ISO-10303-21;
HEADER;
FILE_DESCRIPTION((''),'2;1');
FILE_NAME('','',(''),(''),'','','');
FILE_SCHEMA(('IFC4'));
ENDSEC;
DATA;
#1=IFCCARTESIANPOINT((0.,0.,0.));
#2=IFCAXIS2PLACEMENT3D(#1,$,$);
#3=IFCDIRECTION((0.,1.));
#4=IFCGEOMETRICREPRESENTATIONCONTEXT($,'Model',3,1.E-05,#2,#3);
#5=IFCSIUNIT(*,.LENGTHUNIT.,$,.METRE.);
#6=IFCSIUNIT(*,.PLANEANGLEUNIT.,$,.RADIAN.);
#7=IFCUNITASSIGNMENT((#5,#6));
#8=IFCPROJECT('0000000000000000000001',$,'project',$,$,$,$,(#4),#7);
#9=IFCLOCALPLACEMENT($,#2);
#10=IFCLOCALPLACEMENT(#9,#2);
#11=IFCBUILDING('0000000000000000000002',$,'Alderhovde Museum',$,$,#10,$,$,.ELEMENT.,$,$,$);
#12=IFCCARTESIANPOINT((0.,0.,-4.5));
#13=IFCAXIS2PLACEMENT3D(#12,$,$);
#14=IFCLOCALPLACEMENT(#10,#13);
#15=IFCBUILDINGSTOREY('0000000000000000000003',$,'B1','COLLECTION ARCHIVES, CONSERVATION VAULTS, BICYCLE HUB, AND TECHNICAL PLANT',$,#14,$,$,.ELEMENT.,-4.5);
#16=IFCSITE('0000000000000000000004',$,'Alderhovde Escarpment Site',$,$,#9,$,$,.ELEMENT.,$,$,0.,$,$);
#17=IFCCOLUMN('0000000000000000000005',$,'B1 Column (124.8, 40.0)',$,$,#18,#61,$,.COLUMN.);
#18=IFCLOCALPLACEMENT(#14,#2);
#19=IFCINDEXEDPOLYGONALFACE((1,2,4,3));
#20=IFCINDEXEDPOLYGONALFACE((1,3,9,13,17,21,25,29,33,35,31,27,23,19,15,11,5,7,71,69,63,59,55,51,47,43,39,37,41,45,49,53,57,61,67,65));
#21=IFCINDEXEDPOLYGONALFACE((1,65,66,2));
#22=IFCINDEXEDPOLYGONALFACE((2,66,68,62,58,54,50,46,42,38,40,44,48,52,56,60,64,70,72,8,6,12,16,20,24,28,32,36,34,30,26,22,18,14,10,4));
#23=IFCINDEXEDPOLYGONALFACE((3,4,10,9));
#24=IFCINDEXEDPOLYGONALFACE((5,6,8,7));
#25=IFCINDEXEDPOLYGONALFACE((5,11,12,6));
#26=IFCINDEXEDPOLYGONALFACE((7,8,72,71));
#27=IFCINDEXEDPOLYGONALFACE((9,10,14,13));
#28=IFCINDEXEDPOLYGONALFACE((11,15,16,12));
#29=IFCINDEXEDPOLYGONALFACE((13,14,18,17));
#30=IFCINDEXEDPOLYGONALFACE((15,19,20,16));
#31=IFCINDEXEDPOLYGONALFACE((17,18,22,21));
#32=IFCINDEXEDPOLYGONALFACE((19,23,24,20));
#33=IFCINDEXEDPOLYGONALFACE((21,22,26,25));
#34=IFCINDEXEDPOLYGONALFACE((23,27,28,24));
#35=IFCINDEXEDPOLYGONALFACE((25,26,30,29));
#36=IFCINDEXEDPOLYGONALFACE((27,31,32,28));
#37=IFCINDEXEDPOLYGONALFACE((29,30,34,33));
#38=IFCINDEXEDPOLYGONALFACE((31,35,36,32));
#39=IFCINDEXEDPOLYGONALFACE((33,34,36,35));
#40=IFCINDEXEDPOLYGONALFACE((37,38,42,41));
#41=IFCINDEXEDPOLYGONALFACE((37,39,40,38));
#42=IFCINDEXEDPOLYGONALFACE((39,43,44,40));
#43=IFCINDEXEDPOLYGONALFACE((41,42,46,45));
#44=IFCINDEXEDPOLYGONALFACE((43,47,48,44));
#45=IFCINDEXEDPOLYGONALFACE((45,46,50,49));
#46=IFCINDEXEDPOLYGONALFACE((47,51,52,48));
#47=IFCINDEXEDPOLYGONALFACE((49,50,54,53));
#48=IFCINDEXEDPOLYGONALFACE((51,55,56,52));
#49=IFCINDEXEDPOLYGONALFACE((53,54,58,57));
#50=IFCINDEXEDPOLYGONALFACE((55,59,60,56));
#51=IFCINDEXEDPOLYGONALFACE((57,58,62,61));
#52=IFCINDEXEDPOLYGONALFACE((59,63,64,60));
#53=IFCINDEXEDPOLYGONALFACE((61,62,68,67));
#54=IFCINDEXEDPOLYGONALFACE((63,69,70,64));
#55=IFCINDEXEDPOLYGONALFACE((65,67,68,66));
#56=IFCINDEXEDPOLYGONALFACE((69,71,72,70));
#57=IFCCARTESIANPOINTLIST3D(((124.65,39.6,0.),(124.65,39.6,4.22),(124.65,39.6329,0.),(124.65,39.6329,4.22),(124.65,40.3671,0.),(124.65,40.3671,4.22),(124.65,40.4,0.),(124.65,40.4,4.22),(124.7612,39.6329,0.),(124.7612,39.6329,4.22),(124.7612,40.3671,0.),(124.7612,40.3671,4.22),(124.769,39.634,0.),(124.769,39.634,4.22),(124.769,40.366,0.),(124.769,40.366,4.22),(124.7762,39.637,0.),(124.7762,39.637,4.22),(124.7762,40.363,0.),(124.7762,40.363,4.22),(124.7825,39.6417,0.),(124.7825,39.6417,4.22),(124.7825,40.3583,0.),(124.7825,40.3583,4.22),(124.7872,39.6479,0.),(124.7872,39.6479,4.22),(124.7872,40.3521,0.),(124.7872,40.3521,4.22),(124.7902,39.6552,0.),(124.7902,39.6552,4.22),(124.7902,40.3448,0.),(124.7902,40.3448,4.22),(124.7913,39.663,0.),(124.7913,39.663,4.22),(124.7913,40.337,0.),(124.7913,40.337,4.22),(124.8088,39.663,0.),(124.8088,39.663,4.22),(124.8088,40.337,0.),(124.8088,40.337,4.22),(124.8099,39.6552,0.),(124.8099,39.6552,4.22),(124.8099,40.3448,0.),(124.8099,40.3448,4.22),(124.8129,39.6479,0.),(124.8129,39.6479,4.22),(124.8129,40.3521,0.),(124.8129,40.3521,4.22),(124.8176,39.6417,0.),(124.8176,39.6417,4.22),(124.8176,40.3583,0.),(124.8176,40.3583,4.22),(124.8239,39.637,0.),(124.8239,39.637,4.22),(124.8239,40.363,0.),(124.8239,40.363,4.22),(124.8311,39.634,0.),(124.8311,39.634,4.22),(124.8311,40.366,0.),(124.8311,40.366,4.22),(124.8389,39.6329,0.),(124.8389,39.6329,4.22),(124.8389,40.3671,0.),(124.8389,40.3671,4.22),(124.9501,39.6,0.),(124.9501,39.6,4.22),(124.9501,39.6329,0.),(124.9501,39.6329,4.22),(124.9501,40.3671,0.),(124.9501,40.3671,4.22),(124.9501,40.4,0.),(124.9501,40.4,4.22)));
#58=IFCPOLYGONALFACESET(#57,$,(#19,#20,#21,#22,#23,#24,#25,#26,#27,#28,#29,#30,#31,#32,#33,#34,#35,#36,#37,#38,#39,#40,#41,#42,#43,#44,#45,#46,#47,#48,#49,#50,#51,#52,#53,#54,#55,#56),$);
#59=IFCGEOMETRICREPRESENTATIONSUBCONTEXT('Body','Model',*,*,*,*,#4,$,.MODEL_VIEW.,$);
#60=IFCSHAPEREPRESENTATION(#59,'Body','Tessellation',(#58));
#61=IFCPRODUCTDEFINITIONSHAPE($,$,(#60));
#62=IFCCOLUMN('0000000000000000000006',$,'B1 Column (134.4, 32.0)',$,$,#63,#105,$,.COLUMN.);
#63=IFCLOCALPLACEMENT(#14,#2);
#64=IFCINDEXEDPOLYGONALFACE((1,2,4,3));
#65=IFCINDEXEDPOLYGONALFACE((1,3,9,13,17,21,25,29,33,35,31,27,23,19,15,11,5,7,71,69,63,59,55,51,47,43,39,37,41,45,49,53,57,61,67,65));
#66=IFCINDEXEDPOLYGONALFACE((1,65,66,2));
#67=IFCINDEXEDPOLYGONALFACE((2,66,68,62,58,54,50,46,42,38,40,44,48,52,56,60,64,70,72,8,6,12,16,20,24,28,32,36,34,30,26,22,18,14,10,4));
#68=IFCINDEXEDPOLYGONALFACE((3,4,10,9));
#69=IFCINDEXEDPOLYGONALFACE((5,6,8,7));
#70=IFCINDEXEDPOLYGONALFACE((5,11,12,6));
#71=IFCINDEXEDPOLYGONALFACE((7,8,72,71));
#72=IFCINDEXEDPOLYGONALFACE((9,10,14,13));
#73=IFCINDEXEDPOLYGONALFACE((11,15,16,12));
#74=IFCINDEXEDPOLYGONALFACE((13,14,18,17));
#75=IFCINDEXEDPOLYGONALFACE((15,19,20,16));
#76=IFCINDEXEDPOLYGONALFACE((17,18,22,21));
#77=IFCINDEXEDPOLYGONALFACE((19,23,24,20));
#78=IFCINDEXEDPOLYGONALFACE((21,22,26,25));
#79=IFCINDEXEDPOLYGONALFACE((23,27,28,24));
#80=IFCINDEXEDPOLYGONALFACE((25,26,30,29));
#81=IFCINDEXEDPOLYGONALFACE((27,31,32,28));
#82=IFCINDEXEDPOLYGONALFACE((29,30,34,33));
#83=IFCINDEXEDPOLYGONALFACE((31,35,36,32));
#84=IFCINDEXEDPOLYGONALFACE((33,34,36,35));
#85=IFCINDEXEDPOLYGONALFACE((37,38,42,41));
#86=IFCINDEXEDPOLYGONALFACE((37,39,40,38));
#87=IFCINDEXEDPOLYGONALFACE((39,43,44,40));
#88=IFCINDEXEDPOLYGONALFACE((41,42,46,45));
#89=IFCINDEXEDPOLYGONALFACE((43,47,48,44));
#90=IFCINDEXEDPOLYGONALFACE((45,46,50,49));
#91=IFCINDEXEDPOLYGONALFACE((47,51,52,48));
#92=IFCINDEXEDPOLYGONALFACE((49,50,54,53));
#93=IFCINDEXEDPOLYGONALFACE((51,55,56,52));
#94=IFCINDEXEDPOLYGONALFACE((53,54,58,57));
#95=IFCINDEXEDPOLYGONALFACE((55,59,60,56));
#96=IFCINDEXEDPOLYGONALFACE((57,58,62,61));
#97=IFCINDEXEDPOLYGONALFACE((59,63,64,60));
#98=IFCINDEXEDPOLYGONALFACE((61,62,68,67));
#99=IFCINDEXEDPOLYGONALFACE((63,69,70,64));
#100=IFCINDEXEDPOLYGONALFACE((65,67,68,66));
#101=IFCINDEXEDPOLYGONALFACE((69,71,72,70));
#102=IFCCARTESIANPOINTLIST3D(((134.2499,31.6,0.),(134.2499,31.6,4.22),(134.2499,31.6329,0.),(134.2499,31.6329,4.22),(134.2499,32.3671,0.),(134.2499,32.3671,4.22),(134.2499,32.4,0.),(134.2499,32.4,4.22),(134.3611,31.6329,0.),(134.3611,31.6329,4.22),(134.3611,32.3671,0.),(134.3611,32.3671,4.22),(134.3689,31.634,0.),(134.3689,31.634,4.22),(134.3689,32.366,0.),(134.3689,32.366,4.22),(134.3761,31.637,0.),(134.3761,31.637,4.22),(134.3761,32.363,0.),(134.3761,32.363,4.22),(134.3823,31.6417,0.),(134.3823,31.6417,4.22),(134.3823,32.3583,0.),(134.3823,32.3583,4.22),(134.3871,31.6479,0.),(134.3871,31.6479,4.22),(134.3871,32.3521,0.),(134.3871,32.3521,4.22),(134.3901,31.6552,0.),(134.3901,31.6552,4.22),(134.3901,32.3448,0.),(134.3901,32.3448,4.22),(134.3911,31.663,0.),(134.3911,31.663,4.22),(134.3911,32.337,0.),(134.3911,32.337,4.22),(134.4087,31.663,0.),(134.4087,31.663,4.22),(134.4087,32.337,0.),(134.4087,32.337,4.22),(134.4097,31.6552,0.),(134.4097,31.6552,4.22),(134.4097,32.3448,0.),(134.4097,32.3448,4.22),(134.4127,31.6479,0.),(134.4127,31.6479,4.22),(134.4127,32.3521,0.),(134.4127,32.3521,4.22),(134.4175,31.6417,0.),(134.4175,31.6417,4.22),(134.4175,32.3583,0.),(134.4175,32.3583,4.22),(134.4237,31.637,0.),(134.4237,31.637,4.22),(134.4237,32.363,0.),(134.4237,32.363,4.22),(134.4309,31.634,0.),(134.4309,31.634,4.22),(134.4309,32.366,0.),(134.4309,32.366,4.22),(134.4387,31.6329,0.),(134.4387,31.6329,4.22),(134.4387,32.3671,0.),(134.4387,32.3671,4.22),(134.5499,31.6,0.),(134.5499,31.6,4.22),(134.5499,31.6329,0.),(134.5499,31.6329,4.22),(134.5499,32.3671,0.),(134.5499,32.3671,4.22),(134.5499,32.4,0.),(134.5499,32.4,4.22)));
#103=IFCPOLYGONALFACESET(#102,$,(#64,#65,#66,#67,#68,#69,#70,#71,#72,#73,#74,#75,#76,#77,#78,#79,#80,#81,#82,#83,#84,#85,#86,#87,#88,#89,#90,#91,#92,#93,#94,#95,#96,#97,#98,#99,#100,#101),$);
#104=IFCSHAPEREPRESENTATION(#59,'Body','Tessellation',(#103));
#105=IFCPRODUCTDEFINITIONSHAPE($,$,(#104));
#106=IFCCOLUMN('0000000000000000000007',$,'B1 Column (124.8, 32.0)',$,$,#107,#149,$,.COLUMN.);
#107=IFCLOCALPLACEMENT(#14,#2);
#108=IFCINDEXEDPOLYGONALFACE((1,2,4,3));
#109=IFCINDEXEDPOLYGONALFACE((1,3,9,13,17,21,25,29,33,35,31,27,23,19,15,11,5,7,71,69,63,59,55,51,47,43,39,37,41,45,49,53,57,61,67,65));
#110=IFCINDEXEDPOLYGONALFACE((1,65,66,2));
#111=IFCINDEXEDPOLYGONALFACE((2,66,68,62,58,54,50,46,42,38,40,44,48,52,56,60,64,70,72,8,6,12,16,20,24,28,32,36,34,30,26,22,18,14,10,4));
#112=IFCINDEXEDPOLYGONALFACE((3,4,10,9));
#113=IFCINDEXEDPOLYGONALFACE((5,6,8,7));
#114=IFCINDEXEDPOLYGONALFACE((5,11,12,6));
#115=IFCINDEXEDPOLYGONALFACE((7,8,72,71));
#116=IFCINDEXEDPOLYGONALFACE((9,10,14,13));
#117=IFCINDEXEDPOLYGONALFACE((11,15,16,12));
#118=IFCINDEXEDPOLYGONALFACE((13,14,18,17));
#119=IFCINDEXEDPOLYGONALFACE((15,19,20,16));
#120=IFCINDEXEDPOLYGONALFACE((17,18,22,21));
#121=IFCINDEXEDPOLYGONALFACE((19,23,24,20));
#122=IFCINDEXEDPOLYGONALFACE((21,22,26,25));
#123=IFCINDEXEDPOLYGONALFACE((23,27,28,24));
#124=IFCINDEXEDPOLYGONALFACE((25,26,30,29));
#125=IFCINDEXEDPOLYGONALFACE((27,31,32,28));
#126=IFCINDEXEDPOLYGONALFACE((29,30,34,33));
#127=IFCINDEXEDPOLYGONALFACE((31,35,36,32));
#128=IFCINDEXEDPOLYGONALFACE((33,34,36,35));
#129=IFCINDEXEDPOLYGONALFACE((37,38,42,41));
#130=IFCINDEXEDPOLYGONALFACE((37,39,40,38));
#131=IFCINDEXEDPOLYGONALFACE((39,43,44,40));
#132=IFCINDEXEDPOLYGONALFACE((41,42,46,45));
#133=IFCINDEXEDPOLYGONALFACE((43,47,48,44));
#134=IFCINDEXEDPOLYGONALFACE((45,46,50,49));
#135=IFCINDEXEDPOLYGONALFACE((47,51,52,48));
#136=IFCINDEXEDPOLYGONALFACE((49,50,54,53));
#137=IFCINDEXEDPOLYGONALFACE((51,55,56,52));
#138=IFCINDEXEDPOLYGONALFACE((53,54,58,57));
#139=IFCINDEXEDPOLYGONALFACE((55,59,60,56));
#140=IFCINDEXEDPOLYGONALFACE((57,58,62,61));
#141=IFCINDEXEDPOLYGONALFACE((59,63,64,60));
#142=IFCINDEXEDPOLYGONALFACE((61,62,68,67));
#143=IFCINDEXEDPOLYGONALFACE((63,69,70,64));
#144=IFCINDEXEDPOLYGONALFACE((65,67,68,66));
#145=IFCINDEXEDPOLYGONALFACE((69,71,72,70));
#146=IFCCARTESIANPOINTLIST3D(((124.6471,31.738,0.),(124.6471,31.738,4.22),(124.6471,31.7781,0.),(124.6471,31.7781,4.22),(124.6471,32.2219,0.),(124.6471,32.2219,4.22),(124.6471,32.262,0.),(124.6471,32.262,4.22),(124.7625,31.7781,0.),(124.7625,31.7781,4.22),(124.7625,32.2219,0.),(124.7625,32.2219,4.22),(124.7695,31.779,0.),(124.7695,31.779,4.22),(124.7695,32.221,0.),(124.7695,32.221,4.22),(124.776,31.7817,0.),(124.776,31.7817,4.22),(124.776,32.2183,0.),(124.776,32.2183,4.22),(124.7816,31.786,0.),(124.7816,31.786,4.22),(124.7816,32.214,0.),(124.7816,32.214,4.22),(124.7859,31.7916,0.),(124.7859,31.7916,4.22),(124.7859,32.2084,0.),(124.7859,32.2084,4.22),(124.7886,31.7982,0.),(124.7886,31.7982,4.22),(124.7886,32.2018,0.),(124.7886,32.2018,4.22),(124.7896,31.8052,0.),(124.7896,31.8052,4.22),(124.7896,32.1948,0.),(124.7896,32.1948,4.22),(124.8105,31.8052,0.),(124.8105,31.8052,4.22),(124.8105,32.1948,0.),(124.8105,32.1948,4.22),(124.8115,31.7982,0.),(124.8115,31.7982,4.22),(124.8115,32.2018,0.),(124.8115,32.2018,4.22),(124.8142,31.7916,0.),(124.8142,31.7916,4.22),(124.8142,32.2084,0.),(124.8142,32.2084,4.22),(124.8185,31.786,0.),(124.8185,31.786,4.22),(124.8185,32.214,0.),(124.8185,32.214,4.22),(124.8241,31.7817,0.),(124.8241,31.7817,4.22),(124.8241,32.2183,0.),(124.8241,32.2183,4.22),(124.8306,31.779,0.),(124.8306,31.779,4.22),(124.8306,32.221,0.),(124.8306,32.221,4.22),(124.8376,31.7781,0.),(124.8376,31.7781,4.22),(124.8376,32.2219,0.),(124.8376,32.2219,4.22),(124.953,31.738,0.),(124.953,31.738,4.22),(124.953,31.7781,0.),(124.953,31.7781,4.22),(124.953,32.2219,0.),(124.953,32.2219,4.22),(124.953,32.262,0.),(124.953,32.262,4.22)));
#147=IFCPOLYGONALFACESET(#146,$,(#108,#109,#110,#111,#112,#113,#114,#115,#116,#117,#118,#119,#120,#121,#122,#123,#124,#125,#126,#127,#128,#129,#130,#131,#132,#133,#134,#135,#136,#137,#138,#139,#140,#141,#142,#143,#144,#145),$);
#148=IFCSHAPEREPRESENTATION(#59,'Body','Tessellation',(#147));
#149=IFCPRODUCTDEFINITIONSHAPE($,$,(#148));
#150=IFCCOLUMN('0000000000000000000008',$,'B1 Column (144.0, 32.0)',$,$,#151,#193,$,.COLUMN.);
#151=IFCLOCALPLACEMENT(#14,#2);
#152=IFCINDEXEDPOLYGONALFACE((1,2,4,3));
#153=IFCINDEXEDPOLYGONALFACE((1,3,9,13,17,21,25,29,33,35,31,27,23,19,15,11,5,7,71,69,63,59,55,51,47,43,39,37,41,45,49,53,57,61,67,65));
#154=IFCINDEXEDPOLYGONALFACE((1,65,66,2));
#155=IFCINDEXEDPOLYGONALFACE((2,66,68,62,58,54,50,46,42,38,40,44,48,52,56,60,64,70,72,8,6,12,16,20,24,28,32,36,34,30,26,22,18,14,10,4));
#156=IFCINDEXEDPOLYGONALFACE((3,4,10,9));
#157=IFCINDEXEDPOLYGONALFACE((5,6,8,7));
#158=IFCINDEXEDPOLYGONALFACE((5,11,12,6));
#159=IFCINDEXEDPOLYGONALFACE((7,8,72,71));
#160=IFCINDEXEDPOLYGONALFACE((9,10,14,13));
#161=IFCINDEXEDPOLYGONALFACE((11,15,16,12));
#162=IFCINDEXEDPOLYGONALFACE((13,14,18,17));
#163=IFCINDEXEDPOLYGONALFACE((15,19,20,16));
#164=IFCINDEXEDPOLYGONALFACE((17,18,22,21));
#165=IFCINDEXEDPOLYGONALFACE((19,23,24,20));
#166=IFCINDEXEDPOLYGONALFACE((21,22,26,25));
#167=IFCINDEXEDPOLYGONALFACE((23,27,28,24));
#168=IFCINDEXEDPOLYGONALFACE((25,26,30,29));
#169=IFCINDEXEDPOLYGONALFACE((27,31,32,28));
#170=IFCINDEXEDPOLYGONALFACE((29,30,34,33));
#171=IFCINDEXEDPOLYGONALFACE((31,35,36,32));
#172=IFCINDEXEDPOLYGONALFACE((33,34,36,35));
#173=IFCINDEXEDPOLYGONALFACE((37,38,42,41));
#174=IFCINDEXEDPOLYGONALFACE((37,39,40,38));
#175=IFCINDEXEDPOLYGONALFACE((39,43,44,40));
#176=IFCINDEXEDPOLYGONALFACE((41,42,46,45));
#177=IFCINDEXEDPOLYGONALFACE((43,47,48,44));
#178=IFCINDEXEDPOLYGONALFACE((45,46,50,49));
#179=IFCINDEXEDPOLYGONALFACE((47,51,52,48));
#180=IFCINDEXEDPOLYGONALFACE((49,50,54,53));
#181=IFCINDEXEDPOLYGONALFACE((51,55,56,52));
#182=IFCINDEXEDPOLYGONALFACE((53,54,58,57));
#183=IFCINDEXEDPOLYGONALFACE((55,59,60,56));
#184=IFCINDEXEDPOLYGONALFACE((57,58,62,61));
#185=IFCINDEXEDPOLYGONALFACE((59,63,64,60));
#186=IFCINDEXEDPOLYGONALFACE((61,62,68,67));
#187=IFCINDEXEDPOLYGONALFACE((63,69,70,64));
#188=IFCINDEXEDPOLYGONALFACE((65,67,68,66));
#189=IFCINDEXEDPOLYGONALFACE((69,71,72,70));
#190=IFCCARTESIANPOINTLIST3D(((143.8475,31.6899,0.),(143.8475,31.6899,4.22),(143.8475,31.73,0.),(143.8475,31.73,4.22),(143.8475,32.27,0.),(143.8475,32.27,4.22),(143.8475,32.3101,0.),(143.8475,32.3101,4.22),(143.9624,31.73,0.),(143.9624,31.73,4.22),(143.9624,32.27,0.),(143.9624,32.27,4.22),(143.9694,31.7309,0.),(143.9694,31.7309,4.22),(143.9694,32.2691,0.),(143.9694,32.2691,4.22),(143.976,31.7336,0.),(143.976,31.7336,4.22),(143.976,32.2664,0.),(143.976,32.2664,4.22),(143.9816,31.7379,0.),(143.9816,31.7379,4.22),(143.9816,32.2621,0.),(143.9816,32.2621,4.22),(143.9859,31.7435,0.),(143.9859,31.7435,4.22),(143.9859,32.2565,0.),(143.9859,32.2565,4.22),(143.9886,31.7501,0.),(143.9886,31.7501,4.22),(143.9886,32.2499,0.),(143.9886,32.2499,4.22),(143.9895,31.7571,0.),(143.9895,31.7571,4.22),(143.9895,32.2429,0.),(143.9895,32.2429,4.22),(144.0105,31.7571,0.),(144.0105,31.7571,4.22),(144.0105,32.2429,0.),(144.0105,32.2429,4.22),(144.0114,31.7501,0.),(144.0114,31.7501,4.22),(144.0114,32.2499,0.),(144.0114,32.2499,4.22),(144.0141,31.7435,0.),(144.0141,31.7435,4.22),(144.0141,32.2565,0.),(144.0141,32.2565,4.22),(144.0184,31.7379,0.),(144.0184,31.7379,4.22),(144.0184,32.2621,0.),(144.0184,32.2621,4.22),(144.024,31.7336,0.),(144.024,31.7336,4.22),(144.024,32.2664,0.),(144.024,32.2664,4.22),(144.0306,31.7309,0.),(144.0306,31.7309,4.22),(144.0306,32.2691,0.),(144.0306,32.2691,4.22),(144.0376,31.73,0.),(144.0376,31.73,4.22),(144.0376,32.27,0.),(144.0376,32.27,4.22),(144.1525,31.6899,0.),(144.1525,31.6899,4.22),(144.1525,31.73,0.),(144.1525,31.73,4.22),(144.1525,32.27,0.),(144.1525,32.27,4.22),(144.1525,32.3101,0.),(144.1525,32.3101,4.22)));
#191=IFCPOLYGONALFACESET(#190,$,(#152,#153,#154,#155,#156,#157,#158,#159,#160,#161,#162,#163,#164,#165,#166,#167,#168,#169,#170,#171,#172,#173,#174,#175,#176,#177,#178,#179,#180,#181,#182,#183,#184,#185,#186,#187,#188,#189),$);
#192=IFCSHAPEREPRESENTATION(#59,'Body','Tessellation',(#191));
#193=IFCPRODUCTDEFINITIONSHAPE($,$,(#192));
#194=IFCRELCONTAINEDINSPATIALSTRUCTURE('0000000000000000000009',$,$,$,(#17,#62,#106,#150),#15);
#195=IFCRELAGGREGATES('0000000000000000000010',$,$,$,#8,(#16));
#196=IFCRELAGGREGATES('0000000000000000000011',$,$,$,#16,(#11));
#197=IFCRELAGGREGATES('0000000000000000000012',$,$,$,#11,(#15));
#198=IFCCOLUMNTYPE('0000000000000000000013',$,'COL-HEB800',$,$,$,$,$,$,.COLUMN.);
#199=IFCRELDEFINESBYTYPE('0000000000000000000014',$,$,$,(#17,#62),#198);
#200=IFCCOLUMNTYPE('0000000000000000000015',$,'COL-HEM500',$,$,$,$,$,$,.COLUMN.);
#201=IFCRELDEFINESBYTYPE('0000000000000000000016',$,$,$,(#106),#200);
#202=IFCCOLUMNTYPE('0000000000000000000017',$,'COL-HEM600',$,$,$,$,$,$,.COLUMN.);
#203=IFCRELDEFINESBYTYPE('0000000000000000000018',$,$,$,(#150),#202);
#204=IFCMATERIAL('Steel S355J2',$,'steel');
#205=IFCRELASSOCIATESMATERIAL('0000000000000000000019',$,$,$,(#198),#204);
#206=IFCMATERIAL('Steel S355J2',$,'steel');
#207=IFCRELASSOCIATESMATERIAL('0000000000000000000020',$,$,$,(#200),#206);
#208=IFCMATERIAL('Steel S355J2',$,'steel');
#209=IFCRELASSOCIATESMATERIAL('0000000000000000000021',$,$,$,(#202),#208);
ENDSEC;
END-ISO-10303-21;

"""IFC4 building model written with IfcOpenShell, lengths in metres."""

from ifc_helpers import new_model, si_unit, direction, frame, origin, origin_2d, place, context, subcontext, project, spatial, i_section, extrude, material, material_profile, profile_set, type_object, element, save


model = new_model("IFC4")

# Units and contexts
model_context = context("Model", 3, precision=1e-05, world=origin(), true_north=direction((0.0, 1.0)))
body_context = subcontext(model_context, "Body", "Model", "MODEL_VIEW")
ifc_project = project(units=[si_unit("LENGTHUNIT", "METRE"), si_unit("PLANEANGLEUNIT", "RADIAN")], contexts=[model_context])

# Site, building, storey
site_placement = place(None, origin())
site = spatial("IfcSite", under=ifc_project, at=site_placement, Name="Alderhovde Escarpment Site", CompositionType="ELEMENT", RefElevation=0.0)
building_placement = place(site_placement, origin())
building = spatial("IfcBuilding", under=site, at=building_placement, Name="Alderhovde Museum", CompositionType="ELEMENT")
storey_placement = place(building_placement, frame((0.0, 0.0, -4.5)))
storey = spatial("IfcBuildingStorey", under=building, at=storey_placement, Name="B1", Description="COLLECTION ARCHIVES, CONSERVATION VAULTS, BICYCLE HUB, AND TECHNICAL PLANT", CompositionType="ELEMENT", Elevation=-4.5)

# Columns
ifc_material_1 = material(Name="Steel S355J2", Category="steel")
ifc_material_profile_1 = material_profile(ifc_material_1, i_section(OverallWidth=0.3, OverallDepth=0.8, WebThickness=0.0176, FlangeThickness=0.033, FilletRadius=0.03, at=origin_2d()), Name="HEB 800")
ifc_profile_set_1 = profile_set([ifc_material_profile_1], Name="Steel S355J2")
column_type_1 = type_object("IfcColumnType", Name="COL-HEB800", PredefinedType="COLUMN", material=ifc_profile_set_1)
for number, where, z_axis, x_axis, name in (
    (1, (124.8, 40.0, 0.0), (0.0, 0.0, 1.0), (1.0, 0.0, 0.0), "B1 Column (124.8, 40.0)"),
    (2, (134.3999, 32.0, 0.0), (0.0, 0.0, 1.0), (1.0, 0.0, 0.0), "B1 Column (134.4, 32.0)"),
):
    element("IfcColumn", number, at=place(storey_placement, frame(where, z_axis=z_axis, x_axis=x_axis)), inside=storey, type_object=column_type_1, Name=name, PredefinedType="COLUMN", context=body_context, shape_type="SweptSolid", body=[
        extrude(i_section(OverallWidth=0.3, OverallDepth=0.8, WebThickness=0.0176, FlangeThickness=0.033, FilletRadius=0.03, at=origin_2d()), origin(), (0.0, 0.0, 1.0), 4.22),
    ])
ifc_material_2 = material(Name="Steel S355J2", Category="steel")
ifc_material_profile_2 = material_profile(ifc_material_2, i_section(OverallWidth=0.3059, OverallDepth=0.5239, WebThickness=0.021, FlangeThickness=0.04, FilletRadius=0.0271, at=origin_2d()), Name="HEM 500")
ifc_profile_set_2 = profile_set([ifc_material_profile_2], Name="Steel S355J2")
column_type_2 = type_object("IfcColumnType", Name="COL-HEM500", PredefinedType="COLUMN", material=ifc_profile_set_2)
column_1_placement = place(storey_placement, frame((124.8, 32.0, 0.0), z_axis=(0.0, 0.0, 1.0), x_axis=(1.0, 0.0, 0.0)))
element("IfcColumn", 3, at=column_1_placement, inside=storey, type_object=column_type_2, Name="B1 Column (124.8, 32.0)", PredefinedType="COLUMN", context=body_context, shape_type="SweptSolid", body=[
    extrude(i_section(OverallWidth=0.3059, OverallDepth=0.5239, WebThickness=0.021, FlangeThickness=0.04, FilletRadius=0.0271, at=origin_2d()), origin(), (0.0, 0.0, 1.0), 4.22),
])
ifc_material_3 = material(Name="Steel S355J2", Category="steel")
ifc_material_profile_3 = material_profile(ifc_material_3, i_section(OverallWidth=0.3049, OverallDepth=0.6201, WebThickness=0.021, FlangeThickness=0.04, FilletRadius=0.0271, at=origin_2d()), Name="HEM 600")
ifc_profile_set_3 = profile_set([ifc_material_profile_3], Name="Steel S355J2")
column_type_3 = type_object("IfcColumnType", Name="COL-HEM600", PredefinedType="COLUMN", material=ifc_profile_set_3)
column_2_placement = place(storey_placement, frame((144.0, 32.0, 0.0), z_axis=(0.0, 0.0, 1.0), x_axis=(1.0, 0.0, 0.0)))
element("IfcColumn", 4, at=column_2_placement, inside=storey, type_object=column_type_3, Name="B1 Column (144.0, 32.0)", PredefinedType="COLUMN", context=body_context, shape_type="SweptSolid", body=[
    extrude(i_section(OverallWidth=0.3049, OverallDepth=0.6201, WebThickness=0.021, FlangeThickness=0.04, FilletRadius=0.0271, at=origin_2d()), origin(), (0.0, 0.0, 1.0), 4.22),
])

save(model, "model.ifc")
